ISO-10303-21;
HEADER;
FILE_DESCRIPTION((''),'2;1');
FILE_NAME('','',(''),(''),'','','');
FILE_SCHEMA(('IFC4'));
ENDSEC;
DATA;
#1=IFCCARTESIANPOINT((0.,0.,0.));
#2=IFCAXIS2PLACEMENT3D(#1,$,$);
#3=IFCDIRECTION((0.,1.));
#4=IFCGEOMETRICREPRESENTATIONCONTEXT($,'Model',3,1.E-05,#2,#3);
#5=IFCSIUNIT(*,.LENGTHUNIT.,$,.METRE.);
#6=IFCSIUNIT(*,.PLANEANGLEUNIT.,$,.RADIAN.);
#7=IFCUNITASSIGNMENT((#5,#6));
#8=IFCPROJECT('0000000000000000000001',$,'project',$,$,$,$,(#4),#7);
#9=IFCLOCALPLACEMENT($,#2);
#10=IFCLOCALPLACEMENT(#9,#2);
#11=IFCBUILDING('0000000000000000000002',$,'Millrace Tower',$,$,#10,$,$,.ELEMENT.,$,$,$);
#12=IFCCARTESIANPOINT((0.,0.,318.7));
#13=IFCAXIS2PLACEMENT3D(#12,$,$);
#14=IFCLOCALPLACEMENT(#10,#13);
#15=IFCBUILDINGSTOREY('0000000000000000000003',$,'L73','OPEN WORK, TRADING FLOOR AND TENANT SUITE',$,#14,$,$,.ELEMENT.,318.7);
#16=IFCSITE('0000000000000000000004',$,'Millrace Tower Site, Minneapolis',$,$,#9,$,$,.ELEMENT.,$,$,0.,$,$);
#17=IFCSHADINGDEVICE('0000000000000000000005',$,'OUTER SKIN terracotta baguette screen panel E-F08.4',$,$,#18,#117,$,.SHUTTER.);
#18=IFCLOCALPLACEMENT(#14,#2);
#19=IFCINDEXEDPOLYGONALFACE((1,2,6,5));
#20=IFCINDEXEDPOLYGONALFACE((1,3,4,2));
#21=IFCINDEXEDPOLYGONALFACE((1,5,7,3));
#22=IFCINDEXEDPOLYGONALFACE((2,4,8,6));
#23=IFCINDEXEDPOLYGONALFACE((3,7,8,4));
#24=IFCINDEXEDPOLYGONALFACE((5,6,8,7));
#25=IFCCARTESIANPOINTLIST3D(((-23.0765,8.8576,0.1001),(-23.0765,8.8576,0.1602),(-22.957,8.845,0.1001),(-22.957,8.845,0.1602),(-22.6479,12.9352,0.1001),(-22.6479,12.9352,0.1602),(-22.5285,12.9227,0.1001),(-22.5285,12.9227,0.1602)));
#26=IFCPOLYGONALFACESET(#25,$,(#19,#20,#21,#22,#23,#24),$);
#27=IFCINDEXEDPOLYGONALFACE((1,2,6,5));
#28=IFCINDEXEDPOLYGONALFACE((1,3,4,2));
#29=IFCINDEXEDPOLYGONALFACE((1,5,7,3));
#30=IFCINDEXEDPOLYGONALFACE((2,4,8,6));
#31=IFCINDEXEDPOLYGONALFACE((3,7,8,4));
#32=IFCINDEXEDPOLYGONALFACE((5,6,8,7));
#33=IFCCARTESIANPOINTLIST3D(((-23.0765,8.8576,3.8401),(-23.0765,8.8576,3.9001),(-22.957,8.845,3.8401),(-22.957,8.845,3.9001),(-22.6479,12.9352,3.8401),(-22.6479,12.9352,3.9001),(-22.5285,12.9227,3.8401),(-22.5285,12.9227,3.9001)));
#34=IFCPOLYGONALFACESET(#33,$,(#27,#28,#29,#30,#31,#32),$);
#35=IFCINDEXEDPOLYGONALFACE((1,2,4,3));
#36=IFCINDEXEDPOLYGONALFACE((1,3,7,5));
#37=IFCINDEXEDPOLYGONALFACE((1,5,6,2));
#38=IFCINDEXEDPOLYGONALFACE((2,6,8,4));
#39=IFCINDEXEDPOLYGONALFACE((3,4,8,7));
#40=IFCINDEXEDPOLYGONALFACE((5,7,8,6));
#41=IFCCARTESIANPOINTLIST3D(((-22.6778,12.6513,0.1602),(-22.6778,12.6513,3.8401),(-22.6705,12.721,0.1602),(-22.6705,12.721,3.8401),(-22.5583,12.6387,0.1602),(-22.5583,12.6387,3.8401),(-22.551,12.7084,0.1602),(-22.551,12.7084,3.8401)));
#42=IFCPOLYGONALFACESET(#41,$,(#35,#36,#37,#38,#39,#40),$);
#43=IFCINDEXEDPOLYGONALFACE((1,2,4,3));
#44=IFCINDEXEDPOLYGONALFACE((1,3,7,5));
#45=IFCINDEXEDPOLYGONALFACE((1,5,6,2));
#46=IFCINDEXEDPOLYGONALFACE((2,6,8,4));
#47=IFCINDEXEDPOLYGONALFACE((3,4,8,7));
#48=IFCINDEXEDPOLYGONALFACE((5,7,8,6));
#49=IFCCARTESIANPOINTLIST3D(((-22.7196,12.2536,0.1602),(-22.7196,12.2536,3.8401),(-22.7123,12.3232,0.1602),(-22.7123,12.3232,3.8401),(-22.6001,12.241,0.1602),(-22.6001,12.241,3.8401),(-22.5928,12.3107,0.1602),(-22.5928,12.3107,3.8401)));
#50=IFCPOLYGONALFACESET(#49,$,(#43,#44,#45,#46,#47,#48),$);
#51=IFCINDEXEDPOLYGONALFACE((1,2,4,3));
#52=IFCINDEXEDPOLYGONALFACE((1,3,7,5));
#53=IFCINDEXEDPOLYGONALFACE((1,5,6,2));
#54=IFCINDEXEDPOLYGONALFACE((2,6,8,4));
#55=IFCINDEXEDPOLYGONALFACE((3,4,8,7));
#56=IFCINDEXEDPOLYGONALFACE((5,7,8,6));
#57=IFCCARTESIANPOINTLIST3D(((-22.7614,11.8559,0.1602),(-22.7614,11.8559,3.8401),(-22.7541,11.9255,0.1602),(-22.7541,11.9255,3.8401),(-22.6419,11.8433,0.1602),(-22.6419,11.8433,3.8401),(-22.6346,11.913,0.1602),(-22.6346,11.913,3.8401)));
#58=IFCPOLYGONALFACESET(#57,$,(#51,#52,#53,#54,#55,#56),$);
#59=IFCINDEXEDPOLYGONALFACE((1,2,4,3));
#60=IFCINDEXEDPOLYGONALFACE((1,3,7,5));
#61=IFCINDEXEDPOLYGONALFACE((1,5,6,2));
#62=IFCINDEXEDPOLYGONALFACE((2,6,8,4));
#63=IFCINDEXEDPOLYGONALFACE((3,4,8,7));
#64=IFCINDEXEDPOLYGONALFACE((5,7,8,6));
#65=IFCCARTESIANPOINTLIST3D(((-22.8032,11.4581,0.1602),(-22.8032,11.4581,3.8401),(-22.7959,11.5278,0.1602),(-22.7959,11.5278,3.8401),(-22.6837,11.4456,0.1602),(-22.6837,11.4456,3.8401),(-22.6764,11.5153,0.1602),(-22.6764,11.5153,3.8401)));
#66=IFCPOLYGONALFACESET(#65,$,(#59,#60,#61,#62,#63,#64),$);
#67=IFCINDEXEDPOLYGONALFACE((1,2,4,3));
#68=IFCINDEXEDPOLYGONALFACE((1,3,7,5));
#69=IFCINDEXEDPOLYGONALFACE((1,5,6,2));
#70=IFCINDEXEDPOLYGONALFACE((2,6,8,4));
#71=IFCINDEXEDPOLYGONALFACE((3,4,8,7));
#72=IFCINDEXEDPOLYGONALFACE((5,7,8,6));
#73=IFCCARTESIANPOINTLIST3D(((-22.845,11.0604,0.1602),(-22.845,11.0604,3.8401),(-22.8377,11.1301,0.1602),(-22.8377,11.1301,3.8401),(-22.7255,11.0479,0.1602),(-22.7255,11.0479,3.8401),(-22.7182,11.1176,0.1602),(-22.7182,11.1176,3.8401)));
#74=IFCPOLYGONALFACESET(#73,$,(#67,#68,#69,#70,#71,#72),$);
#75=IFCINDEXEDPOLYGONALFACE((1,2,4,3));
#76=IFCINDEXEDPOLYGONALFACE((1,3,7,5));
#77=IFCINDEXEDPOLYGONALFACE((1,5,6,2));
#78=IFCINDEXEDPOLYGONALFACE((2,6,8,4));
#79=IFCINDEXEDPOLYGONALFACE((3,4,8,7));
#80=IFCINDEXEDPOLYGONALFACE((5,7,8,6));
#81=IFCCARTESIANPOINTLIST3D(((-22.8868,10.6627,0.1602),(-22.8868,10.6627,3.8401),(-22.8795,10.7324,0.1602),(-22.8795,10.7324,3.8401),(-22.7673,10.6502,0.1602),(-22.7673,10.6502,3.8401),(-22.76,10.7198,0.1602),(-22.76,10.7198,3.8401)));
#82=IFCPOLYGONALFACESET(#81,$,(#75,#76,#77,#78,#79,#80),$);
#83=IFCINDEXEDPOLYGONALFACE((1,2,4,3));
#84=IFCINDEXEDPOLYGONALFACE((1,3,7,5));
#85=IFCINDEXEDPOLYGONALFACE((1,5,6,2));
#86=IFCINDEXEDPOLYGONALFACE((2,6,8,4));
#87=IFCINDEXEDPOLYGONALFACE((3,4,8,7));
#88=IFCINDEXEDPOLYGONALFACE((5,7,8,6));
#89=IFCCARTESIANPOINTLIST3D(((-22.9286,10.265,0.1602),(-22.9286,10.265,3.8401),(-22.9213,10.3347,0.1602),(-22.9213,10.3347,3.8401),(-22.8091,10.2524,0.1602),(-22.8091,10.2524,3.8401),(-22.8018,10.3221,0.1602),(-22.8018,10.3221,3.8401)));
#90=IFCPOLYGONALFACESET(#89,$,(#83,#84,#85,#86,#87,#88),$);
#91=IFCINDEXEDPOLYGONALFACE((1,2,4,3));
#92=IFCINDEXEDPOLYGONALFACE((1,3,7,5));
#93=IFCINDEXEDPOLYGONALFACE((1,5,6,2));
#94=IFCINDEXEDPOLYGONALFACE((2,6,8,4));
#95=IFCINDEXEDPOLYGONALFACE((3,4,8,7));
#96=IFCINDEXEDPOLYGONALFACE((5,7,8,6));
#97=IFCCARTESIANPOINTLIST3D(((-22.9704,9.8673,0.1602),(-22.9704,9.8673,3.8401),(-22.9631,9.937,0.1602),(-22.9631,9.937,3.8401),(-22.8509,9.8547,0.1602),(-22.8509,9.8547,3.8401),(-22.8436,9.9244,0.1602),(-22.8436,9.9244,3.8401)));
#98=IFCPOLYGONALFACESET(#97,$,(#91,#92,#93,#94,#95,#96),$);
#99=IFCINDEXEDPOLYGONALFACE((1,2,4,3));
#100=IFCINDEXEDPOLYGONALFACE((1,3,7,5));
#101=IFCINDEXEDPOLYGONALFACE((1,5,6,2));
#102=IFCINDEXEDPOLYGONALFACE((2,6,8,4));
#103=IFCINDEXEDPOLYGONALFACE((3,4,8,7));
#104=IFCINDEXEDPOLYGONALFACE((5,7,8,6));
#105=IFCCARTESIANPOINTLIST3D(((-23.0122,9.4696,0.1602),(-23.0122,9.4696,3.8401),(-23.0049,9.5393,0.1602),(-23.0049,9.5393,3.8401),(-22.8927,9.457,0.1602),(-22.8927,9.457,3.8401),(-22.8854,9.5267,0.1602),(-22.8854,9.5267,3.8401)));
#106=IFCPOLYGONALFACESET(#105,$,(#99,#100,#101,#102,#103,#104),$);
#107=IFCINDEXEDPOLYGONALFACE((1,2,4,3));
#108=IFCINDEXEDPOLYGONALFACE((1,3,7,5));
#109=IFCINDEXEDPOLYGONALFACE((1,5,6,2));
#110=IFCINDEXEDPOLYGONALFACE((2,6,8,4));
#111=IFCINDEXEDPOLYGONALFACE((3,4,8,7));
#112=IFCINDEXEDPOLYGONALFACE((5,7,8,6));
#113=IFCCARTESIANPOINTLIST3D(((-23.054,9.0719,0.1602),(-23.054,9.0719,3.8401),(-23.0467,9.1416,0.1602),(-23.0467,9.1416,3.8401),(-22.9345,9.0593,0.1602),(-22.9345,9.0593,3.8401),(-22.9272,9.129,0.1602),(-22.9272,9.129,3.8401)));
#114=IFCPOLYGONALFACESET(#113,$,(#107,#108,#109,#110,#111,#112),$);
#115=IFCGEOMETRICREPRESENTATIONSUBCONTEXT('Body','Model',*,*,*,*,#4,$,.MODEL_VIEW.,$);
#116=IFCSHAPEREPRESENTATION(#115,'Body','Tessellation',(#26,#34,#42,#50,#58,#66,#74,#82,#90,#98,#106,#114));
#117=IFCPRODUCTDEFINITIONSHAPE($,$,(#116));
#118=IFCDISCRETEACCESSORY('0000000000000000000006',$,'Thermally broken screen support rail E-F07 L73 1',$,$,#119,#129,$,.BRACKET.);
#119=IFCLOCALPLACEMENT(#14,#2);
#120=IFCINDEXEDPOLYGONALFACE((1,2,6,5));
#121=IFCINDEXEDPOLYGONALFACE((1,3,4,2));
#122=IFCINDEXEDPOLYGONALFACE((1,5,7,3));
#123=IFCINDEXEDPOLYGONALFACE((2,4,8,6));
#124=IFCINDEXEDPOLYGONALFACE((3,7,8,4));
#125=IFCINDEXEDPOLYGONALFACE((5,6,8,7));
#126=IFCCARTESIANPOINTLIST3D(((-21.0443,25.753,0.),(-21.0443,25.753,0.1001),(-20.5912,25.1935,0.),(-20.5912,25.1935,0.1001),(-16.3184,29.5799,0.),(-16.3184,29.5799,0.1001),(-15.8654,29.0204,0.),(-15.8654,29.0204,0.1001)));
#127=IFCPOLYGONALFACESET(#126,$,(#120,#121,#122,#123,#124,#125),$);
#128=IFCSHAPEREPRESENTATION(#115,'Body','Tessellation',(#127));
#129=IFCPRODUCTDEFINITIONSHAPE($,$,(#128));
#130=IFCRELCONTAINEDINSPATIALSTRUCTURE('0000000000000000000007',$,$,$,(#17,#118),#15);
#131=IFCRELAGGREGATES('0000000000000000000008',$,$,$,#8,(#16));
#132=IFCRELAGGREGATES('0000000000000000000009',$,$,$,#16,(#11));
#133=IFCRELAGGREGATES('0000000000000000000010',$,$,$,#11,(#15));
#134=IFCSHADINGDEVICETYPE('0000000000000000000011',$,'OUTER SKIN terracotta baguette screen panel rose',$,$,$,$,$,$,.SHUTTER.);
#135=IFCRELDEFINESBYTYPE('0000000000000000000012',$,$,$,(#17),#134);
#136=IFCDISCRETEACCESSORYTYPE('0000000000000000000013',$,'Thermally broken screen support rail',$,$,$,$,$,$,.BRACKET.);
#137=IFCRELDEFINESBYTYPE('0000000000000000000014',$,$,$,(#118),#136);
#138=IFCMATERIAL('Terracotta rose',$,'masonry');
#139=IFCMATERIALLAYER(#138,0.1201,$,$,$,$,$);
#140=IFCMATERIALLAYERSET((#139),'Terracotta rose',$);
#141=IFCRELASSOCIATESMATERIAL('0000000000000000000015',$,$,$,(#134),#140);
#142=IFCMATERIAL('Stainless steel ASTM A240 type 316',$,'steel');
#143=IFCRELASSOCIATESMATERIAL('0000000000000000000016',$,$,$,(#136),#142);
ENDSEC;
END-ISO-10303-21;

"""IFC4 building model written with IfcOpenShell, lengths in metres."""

from ifc_helpers import new_model, entity, si_unit, direction, frame, frame_2d, origin, origin_2d, place, context, subcontext, project, spatial, rectangle, extrude, source, transform, mapped, material, layer, layer_set, type_object, element, save


model = new_model("IFC4")

# Units and contexts
model_context = context("Model", 3, precision=1e-05, world=origin(), true_north=direction((0.0, 1.0)))
body_context = subcontext(model_context, "Body", "Model", "MODEL_VIEW")
ifc_project = project(units=[si_unit("LENGTHUNIT", "METRE"), si_unit("PLANEANGLEUNIT", "RADIAN")], contexts=[model_context])

# Site, building, storey
site_placement = place(None, origin())
site = spatial("IfcSite", under=ifc_project, at=site_placement, Name="Millrace Tower Site, Minneapolis", CompositionType="ELEMENT", RefElevation=0.0)
building_placement = place(site_placement, origin())
building = spatial("IfcBuilding", under=site, at=building_placement, Name="Millrace Tower", CompositionType="ELEMENT")
storey_placement = place(building_placement, frame((0.0, 0.0, 318.7)))
storey = spatial("IfcBuildingStorey", under=building, at=storey_placement, Name="L73", Description="OPEN WORK, TRADING FLOOR AND TENANT SUITE", CompositionType="ELEMENT", Elevation=318.7)

# Shading device
ifc_material_1 = material(Name="Terracotta rose", Category="masonry")
ifc_layer_1 = layer(ifc_material_1, 0.1201)
ifc_layer_set_1 = layer_set([ifc_layer_1], Name="Terracotta rose")
shading_device_type = type_object("IfcShadingDeviceType", Name="OUTER SKIN terracotta baguette screen panel rose", PredefinedType="SHUTTER", material=ifc_layer_set_1)
cartesian_point_1 = entity("IfcCartesianPoint", [-2.05, 0.0601])
shared_polyline_1 = entity("IfcPolyline", [cartesian_point_1, entity("IfcCartesianPoint", [2.05, 0.0601]), entity("IfcCartesianPoint", [2.05, -0.0601]), entity("IfcCartesianPoint", [-2.05, -0.0601]), cartesian_point_1])
shared_shape_1 = source(origin(), body_context, "Body", "SweptSolid", [
    entity("IfcExtrudedAreaSolid", entity("IfcArbitraryClosedProfileDef", "AREA", None, shared_polyline_1), entity("IfcAxis2Placement3D", entity("IfcCartesianPoint", [0.0, 0.0, 0.0])), entity("IfcDirection", [0.0, 0.0, 1.0]), 0.0601),
    entity("IfcExtrudedAreaSolid", entity("IfcArbitraryClosedProfileDef", "AREA", None, shared_polyline_1), entity("IfcAxis2Placement3D", entity("IfcCartesianPoint", [0.0, 0.0, 3.74])), entity("IfcDirection", [0.0, 0.0, 1.0]), 0.0601),
    extrude(rectangle(XDim=0.0701, YDim=0.1201, at=frame_2d((-1.7996, 0.0))), frame((0.0, 0.0, 0.0601)), (0.0, 0.0, 1.0), 3.6799),
    extrude(rectangle(XDim=0.0701, YDim=0.1201, at=frame_2d((-1.3997, 0.0))), frame((0.0, 0.0, 0.0601)), (0.0, 0.0, 1.0), 3.6799),
    extrude(rectangle(XDim=0.0701, YDim=0.1201, at=frame_2d((-0.9998, 0.0))), frame((0.0, 0.0, 0.0601)), (0.0, 0.0, 1.0), 3.6799),
    extrude(rectangle(XDim=0.0701, YDim=0.1201, at=frame_2d((-0.5999, 0.0))), frame((0.0, 0.0, 0.0601)), (0.0, 0.0, 1.0), 3.6799),
    extrude(rectangle(XDim=0.0701, YDim=0.1201, at=frame_2d((-0.2, 0.0))), frame((0.0, 0.0, 0.0601)), (0.0, 0.0, 1.0), 3.6799),
    extrude(rectangle(XDim=0.0701, YDim=0.1201, at=frame_2d((0.2, 0.0))), frame((0.0, 0.0, 0.0601)), (0.0, 0.0, 1.0), 3.6799),
    extrude(rectangle(XDim=0.0701, YDim=0.1201, at=frame_2d((0.5999, 0.0))), frame((0.0, 0.0, 0.0601)), (0.0, 0.0, 1.0), 3.6799),
    extrude(rectangle(XDim=0.0701, YDim=0.1201, at=frame_2d((0.9998, 0.0))), frame((0.0, 0.0, 0.0601)), (0.0, 0.0, 1.0), 3.6799),
    extrude(rectangle(XDim=0.0701, YDim=0.1201, at=frame_2d((1.3997, 0.0))), frame((0.0, 0.0, 0.0601)), (0.0, 0.0, 1.0), 3.6799),
    extrude(rectangle(XDim=0.0701, YDim=0.1201, at=frame_2d((1.7996, 0.0))), frame((0.0, 0.0, 0.0601)), (0.0, 0.0, 1.0), 3.6799),
])
for number, where, z_axis, x_axis, name in (
    (1, (-22.8025, 10.8901, 0.1001), (0.0, 0.0, 1.0), (-0.104528, -0.994522, 0.0), "OUTER SKIN terracotta baguette screen panel E-F08.4"),
):
    element("IfcShadingDevice", number, at=place(storey_placement, frame(where, z_axis=z_axis, x_axis=x_axis)), inside=storey, type_object=shading_device_type, Name=name, PredefinedType="SHUTTER", context=body_context, shape_type="MappedRepresentation", body=[
        mapped(shared_shape_1, transform((0.0, 0.0, 0.0), scale=1.0)),
    ])

# Discrete accessory
ifc_material_2 = material(Name="Stainless steel ASTM A240 type 316", Category="steel")
discrete_accessory_type = type_object("IfcDiscreteAccessoryType", Name="Thermally broken screen support rail", PredefinedType="BRACKET", material=ifc_material_2)
discrete_accessory_placement = place(storey_placement, frame((-18.4548, 27.3867, 0.0), z_axis=(0.0, 0.0, 1.0), x_axis=(-0.777146, -0.62932, 0.0)))
element("IfcDiscreteAccessory", 2, at=discrete_accessory_placement, inside=storey, type_object=discrete_accessory_type, Name="Thermally broken screen support rail E-F07 L73 1", PredefinedType="BRACKET", context=body_context, shape_type="SweptSolid", body=[
    extrude(rectangle(XDim=6.0811, YDim=0.72, at=origin_2d()), origin(), (0.0, 0.0, 1.0), 0.1001),
])

save(model, "model.ifc")
